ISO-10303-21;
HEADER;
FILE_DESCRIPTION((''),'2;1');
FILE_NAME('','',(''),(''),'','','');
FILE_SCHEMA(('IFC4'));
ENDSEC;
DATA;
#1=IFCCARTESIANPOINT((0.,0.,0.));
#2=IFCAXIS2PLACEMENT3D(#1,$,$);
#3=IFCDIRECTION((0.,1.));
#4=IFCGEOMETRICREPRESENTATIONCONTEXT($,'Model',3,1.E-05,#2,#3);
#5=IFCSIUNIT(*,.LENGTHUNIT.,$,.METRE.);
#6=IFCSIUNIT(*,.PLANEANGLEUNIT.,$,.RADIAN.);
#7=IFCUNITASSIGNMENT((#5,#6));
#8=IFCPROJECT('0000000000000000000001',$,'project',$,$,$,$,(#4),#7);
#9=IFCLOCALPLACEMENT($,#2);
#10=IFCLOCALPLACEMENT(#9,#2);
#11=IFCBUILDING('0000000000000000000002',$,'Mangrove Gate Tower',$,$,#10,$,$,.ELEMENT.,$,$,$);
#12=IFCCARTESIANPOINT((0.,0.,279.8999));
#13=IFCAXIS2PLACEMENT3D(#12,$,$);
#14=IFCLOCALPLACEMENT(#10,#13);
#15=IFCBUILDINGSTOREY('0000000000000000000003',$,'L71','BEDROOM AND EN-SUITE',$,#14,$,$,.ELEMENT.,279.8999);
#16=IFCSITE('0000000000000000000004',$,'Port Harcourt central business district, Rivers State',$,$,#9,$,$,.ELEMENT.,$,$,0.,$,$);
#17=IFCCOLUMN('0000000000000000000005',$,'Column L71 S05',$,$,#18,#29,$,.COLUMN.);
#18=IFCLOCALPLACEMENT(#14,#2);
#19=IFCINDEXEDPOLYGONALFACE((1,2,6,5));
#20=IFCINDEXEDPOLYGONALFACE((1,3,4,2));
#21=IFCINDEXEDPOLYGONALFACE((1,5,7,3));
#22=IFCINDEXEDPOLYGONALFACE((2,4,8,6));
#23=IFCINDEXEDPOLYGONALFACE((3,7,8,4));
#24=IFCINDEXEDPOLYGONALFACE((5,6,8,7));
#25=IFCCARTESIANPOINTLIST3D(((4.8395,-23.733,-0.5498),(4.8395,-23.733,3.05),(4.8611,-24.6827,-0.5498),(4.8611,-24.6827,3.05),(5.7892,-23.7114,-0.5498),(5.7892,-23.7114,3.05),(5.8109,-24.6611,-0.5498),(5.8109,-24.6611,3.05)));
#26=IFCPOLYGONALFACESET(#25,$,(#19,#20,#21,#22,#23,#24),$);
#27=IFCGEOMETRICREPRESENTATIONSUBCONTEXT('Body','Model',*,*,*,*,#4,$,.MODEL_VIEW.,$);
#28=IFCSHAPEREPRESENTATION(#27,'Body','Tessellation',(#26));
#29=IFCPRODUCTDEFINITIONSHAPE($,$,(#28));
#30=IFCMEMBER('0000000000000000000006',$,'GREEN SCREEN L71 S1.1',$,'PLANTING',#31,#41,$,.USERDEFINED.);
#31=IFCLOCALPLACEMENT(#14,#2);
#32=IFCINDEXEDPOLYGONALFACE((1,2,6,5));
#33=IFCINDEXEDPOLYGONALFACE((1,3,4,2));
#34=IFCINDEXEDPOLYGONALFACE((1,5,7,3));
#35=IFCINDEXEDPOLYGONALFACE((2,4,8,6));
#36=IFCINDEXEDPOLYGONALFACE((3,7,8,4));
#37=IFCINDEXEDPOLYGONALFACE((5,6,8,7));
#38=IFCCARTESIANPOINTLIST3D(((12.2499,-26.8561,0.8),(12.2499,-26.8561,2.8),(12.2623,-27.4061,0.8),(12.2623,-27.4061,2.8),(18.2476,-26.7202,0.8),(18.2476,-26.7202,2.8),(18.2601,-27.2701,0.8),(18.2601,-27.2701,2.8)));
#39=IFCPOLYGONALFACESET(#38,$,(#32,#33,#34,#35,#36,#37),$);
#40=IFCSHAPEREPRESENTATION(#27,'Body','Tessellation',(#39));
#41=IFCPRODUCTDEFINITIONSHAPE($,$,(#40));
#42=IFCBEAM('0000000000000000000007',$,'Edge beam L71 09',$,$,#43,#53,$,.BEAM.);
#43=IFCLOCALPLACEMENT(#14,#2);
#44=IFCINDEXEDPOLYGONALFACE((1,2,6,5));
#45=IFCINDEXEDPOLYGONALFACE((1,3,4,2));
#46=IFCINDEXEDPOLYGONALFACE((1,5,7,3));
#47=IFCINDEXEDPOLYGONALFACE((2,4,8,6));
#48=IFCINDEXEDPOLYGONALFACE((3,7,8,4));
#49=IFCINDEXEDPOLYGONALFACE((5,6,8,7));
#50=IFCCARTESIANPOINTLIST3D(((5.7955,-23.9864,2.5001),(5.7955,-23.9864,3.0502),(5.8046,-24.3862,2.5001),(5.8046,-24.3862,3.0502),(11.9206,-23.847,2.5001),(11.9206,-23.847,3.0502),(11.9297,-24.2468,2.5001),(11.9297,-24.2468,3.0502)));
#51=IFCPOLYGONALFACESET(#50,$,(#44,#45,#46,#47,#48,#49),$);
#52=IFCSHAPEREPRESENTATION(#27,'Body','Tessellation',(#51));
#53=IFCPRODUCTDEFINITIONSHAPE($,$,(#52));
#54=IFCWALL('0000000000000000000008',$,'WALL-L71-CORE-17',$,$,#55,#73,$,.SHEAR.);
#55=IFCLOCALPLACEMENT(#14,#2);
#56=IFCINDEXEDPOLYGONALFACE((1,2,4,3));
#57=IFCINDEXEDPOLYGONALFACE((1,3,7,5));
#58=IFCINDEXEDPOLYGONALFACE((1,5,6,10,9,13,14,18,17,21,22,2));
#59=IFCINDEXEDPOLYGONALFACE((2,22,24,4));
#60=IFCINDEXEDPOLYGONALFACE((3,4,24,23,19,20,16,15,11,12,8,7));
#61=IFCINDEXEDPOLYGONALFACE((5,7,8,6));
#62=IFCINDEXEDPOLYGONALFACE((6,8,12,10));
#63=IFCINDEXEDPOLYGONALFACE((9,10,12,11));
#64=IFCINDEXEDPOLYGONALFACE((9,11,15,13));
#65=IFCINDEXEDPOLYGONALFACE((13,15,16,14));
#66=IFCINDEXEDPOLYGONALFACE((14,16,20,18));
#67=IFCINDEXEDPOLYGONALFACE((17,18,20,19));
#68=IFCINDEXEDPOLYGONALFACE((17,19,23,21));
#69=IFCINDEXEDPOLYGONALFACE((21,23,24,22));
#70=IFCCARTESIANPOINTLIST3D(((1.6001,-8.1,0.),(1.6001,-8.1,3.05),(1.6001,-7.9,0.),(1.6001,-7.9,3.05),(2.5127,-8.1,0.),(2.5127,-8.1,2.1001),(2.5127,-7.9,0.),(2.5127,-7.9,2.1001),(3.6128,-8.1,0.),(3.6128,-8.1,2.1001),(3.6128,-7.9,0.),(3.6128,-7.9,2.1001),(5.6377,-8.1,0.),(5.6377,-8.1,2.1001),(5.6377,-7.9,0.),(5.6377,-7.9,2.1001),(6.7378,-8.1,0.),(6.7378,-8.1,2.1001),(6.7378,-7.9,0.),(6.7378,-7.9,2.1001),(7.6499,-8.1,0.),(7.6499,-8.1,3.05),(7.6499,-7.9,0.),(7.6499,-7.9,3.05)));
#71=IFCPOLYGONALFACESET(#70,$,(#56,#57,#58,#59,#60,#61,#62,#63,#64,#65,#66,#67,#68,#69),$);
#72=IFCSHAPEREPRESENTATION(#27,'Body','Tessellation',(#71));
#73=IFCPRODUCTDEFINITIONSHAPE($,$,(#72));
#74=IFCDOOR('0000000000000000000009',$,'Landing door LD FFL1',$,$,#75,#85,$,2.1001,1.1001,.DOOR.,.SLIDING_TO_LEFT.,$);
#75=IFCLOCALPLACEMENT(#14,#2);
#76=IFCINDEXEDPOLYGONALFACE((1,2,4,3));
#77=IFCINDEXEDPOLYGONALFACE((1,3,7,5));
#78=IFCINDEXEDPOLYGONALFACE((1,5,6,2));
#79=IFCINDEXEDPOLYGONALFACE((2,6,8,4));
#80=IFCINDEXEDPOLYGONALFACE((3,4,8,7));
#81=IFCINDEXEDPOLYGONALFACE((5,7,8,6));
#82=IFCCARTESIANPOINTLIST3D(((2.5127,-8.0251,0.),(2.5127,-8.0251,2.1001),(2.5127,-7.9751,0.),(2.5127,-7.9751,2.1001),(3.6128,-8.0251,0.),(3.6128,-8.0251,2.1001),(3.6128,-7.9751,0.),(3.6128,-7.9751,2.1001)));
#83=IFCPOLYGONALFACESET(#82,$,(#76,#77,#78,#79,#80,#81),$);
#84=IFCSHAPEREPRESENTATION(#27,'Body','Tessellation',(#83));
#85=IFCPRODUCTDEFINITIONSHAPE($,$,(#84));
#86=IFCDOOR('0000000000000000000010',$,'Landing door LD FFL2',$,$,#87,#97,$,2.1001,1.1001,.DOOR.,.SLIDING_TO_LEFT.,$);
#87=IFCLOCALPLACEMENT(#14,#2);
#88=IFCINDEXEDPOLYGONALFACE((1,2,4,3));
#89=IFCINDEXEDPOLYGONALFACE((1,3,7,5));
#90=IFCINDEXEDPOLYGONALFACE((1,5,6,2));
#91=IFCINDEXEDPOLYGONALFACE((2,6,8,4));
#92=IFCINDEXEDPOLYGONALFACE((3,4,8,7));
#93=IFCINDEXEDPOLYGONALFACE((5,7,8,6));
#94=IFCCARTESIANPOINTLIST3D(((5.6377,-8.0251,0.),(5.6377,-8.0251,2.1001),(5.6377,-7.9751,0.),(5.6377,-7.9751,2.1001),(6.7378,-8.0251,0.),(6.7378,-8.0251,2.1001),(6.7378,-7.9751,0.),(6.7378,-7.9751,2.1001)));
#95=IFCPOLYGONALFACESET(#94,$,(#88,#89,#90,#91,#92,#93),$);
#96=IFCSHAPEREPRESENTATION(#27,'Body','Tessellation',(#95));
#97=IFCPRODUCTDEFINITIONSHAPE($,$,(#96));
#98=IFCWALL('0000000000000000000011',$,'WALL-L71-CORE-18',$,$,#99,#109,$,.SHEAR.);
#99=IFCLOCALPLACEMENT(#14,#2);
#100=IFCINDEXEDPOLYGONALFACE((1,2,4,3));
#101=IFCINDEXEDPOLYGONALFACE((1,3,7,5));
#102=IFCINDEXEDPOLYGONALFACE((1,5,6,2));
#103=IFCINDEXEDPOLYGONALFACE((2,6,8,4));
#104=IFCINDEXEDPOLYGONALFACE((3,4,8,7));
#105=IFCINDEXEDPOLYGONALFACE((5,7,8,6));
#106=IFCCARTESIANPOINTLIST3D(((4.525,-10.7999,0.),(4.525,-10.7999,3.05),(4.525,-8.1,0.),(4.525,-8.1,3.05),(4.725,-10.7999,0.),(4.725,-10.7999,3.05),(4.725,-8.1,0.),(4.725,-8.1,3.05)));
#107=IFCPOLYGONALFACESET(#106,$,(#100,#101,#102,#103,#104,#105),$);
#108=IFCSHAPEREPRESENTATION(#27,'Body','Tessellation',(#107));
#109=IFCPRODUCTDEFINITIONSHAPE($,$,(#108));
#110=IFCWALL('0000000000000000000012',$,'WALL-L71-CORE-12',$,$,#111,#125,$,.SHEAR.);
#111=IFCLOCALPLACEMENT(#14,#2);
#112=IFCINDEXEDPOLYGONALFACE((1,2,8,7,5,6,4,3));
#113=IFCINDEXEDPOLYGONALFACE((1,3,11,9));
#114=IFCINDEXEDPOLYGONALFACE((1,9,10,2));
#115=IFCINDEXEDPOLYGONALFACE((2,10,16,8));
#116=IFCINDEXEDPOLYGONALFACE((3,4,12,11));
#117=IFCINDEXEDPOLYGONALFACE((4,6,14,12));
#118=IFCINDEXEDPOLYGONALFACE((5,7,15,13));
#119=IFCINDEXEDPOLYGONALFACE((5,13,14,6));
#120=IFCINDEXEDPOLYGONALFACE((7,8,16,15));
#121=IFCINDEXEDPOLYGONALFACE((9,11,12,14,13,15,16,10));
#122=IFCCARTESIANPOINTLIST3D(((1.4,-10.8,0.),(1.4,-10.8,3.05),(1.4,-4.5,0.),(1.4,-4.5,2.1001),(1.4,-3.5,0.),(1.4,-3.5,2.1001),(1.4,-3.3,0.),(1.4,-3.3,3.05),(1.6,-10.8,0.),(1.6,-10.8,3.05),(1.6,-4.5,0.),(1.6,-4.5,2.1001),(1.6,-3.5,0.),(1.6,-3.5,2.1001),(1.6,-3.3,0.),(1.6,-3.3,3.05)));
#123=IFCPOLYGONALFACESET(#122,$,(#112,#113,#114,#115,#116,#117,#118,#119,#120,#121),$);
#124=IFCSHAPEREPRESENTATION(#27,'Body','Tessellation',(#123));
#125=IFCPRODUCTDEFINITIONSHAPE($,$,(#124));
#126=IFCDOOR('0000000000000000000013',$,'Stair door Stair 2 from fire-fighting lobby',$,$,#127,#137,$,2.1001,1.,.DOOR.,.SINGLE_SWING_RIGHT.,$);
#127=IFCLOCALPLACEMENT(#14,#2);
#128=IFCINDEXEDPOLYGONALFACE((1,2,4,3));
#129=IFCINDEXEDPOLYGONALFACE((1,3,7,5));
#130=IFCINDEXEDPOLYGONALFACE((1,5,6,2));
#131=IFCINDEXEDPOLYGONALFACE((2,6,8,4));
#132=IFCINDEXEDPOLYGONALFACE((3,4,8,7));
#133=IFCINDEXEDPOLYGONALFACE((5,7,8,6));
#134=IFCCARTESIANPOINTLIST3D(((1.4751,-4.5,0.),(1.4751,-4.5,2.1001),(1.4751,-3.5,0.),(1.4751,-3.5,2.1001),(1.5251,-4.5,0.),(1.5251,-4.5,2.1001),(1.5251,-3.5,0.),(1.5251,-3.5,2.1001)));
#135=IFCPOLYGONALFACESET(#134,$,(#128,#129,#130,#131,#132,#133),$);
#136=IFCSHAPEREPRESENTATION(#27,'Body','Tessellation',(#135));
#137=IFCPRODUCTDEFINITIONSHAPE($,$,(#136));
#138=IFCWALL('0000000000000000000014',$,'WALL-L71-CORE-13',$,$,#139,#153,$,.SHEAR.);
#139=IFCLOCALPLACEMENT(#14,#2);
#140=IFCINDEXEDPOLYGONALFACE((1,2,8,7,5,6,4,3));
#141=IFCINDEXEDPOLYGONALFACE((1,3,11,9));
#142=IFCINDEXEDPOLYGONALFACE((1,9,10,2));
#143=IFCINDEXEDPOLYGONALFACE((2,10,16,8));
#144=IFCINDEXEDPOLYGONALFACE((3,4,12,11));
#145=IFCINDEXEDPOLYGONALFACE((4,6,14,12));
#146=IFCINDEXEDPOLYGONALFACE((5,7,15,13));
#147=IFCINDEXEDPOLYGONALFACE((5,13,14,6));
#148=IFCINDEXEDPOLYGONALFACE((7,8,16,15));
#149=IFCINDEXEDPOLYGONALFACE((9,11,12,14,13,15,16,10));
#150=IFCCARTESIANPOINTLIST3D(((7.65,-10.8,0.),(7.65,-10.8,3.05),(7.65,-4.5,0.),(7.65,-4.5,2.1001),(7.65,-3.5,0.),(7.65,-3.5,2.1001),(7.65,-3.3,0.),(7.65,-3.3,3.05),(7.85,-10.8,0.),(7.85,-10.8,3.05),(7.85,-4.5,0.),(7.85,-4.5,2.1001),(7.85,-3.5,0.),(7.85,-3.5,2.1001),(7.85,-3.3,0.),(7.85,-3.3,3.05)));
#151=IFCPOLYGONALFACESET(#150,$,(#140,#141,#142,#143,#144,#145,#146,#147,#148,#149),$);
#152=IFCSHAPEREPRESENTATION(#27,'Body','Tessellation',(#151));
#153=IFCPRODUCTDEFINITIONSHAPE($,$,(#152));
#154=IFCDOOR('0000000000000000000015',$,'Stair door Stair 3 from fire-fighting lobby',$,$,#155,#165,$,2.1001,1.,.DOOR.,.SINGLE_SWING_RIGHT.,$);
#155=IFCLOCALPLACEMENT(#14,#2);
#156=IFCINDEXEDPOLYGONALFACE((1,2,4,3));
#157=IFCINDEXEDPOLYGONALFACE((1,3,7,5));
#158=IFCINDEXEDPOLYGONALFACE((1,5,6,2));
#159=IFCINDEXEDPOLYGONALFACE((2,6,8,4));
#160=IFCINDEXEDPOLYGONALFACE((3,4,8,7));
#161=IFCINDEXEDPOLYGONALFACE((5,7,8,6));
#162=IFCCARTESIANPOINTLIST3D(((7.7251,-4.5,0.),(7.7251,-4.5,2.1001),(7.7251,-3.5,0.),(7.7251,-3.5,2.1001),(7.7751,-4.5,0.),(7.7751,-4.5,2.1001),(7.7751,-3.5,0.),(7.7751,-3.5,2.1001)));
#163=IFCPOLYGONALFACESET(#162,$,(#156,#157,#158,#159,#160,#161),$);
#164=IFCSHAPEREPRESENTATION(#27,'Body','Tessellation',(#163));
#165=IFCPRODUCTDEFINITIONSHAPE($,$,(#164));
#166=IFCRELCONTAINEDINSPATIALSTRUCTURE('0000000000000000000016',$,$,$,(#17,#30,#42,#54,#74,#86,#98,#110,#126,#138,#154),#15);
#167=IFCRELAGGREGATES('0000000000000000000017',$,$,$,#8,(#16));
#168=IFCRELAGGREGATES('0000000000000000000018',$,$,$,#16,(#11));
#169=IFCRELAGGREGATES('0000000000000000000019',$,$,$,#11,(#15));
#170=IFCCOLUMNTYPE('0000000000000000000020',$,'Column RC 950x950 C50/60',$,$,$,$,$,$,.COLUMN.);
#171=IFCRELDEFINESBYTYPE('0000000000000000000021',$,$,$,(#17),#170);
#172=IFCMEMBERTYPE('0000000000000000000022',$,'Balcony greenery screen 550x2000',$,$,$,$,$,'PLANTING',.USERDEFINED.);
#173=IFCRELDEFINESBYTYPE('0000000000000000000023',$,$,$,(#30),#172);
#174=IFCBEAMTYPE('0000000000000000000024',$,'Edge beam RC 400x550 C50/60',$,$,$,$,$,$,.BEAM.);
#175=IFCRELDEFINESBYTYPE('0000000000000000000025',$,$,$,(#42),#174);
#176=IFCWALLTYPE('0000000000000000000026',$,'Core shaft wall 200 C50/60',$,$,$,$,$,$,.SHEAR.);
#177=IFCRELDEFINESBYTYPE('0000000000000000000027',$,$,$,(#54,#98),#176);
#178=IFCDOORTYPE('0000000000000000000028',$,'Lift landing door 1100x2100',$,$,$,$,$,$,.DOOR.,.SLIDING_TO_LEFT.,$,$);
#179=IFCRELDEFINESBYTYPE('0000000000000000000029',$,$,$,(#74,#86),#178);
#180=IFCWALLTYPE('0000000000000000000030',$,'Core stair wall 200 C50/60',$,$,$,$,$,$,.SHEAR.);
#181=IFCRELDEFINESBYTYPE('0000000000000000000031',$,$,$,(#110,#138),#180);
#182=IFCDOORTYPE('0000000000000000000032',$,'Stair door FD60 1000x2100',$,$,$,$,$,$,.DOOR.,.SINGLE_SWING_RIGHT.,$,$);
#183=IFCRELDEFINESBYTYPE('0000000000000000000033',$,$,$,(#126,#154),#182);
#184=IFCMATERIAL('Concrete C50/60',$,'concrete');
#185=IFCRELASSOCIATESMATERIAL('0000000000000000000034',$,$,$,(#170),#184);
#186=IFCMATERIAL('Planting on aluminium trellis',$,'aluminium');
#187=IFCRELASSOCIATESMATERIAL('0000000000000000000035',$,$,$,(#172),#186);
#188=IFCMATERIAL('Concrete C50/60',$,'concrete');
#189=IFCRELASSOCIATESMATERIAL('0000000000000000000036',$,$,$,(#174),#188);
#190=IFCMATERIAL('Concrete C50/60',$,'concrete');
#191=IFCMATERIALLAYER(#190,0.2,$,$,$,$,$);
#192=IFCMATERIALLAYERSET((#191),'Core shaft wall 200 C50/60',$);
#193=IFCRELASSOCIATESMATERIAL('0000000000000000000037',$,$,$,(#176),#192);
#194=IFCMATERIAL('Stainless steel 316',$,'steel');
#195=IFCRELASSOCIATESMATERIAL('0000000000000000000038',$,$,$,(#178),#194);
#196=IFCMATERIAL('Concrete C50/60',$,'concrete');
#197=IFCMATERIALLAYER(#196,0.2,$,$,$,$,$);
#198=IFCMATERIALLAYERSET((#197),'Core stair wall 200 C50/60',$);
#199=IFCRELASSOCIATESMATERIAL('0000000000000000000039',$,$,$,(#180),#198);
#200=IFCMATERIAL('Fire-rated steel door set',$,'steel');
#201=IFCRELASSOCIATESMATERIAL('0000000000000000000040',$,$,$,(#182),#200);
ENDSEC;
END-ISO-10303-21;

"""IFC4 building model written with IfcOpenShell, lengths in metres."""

from ifc_helpers import new_model, si_unit, direction, frame, frame_2d, origin, origin_2d, place, context, subcontext, project, spatial, rectangle, extrude, material, layer, layer_set, material_profile, profile_set, type_object, element, fill, save


model = new_model("IFC4")

# Units and contexts
model_context = context("Model", 3, precision=1e-05, world=origin(), true_north=direction((0.0, 1.0)))
body_context = subcontext(model_context, "Body", "Model", "MODEL_VIEW")
ifc_project = project(units=[si_unit("LENGTHUNIT", "METRE"), si_unit("PLANEANGLEUNIT", "RADIAN")], contexts=[model_context])

# Site, building, storey
site_placement = place(None, origin())
site = spatial("IfcSite", under=ifc_project, at=site_placement, Name="Port Harcourt central business district, Rivers State", CompositionType="ELEMENT", RefElevation=0.0)
building_placement = place(site_placement, origin())
building = spatial("IfcBuilding", under=site, at=building_placement, Name="Mangrove Gate Tower", CompositionType="ELEMENT")
storey_placement = place(building_placement, frame((0.0, 0.0, 279.8999)))
storey = spatial("IfcBuildingStorey", under=building, at=storey_placement, Name="L71", Description="BEDROOM AND EN-SUITE", CompositionType="ELEMENT", Elevation=279.8999)

# Column
ifc_material_1 = material(Name="Concrete C50/60", Category="concrete")
ifc_material_profile_1 = material_profile(ifc_material_1, rectangle(XDim=0.95, YDim=0.95, at=origin_2d()))
ifc_profile_set_1 = profile_set([ifc_material_profile_1], Name="Concrete C50/60")
column_type = type_object("IfcColumnType", Name="Column RC 950x950 C50/60", PredefinedType="COLUMN", material=ifc_profile_set_1)
column_placement = place(storey_placement, frame((5.3252, -24.197, -0.5498), z_axis=(0.0, 0.0, 1.0), x_axis=(0.999741, 0.022752, 0.0)))
element("IfcColumn", 1, at=column_placement, inside=storey, type_object=column_type, Name="Column L71 S05", PredefinedType="COLUMN", context=body_context, shape_type="SweptSolid", body=[
    extrude(rectangle(XDim=0.95, YDim=0.95, at=origin_2d()), origin(), (0.0, 0.0, 1.0), 3.5999),
])

# Member
ifc_material_2 = material(Name="Planting on aluminium trellis", Category="aluminium")
ifc_material_profile_2 = material_profile(ifc_material_2, rectangle(XDim=0.55, YDim=2.0, at=origin_2d()))
ifc_profile_set_2 = profile_set([ifc_material_profile_2], Name="Planting on aluminium trellis")
member_type = type_object("IfcMemberType", Name="Balcony greenery screen 550x2000", ElementType="PLANTING", PredefinedType="USERDEFINED", material=ifc_profile_set_2)
member_placement = place(storey_placement, frame((12.2561, -27.1311, 1.8), z_axis=(0.999743, 0.022667, 0.0), x_axis=(-0.022667, 0.999743, 0.0)))
element("IfcMember", 2, at=member_placement, inside=storey, type_object=member_type, Name="GREEN SCREEN L71 S1.1", ObjectType="PLANTING", PredefinedType="USERDEFINED", context=body_context, shape_type="SweptSolid", body=[
    extrude(rectangle(XDim=0.55, YDim=2.0, at=origin_2d()), origin(), (0.0, 0.0, 1.0), 5.9993),
])

# Beam
ifc_material_3 = material(Name="Concrete C50/60", Category="concrete")
ifc_material_profile_3 = material_profile(ifc_material_3, rectangle(XDim=0.3999, YDim=0.55, at=origin_2d()))
ifc_profile_set_3 = profile_set([ifc_material_profile_3], Name="Concrete C50/60")
beam_type = type_object("IfcBeamType", Name="Edge beam RC 400x550 C50/60", PredefinedType="BEAM", material=ifc_profile_set_3)
beam_placement = place(storey_placement, frame((5.8, -24.1863, 2.7751), z_axis=(0.999741, 0.022753, 0.0), x_axis=(-0.022753, 0.999741, 0.0)))
element("IfcBeam", 3, at=beam_placement, inside=storey, type_object=beam_type, Name="Edge beam L71 09", PredefinedType="BEAM", context=body_context, shape_type="SweptSolid", body=[
    extrude(rectangle(XDim=0.3999, YDim=0.55, at=origin_2d()), origin(), (0.0, 0.0, 1.0), 6.1267),
])

# Wall, openings, doors
ifc_material_4 = material(Name="Concrete C50/60", Category="concrete")
ifc_layer_1 = layer(ifc_material_4, 0.2)
ifc_layer_set_1 = layer_set([ifc_layer_1], Name="Core shaft wall 200 C50/60")
wall_type_1 = type_object("IfcWallType", Name="Core shaft wall 200 C50/60", PredefinedType="SHEAR", material=ifc_layer_set_1)
wall_1_placement = place(storey_placement, frame((1.6001, -8.0, 0.0), z_axis=(0.0, 0.0, 1.0), x_axis=(1.0, 0.0, 0.0)))
wall_1 = element("IfcWall", 4, at=wall_1_placement, inside=storey, type_object=wall_type_1, Name="WALL-L71-CORE-17", PredefinedType="SHEAR", context=body_context, shape_type="SweptSolid", body=[
    extrude(rectangle(XDim=6.0498, YDim=0.2, at=frame_2d((3.0249, 0.0))), origin(), (0.0, 0.0, 1.0), 3.05),
])
opening_1_placement = place(wall_1_placement, frame((0.9126, 0.0, 0.0)))
opening_1 = element("IfcOpeningElement", 5, at=opening_1_placement, cuts=wall_1, PredefinedType="OPENING", context=body_context, shape_type="SweptSolid", body=[
    extrude(rectangle(XDim=1.1001, YDim=2.1001, at=frame_2d((0.55, 1.05))), frame((0.0, 0.1099, 0.0), z_axis=(0.0, -1.0, 0.0), x_axis=(1.0, 0.0, 0.0)), (0.0, 0.0, 1.0), 0.22),
])
opening_2_placement = place(wall_1_placement, frame((4.0376, 0.0, 0.0)))
opening_2 = element("IfcOpeningElement", 6, at=opening_2_placement, cuts=wall_1, PredefinedType="OPENING", context=body_context, shape_type="SweptSolid", body=[
    extrude(rectangle(XDim=1.1001, YDim=2.1001, at=frame_2d((0.55, 1.05))), frame((0.0, 0.1099, 0.0), z_axis=(0.0, -1.0, 0.0), x_axis=(1.0, 0.0, 0.0)), (0.0, 0.0, 1.0), 0.22),
])
ifc_material_5 = material(Name="Stainless steel 316", Category="steel")
door_type_1 = type_object("IfcDoorType", Name="Lift landing door 1100x2100", OperationType="SLIDING_TO_LEFT", PredefinedType="DOOR", material=ifc_material_5)
door_1_placement = place(opening_1_placement, origin())
door_1 = element("IfcDoor", 7, at=door_1_placement, inside=storey, type_object=door_type_1, Name="Landing door LD FFL1", OperationType="SLIDING_TO_LEFT", OverallHeight=2.1001, OverallWidth=1.1001, PredefinedType="DOOR", context=body_context, shape_type="SweptSolid", body=[
    extrude(rectangle(XDim=1.1001, YDim=2.1001, at=frame_2d((0.55, 1.05))), frame((0.0, 0.0249, 0.0), z_axis=(0.0, -1.0, 0.0), x_axis=(1.0, 0.0, 0.0)), (0.0, 0.0, 1.0), 0.05),
])
fill(opening_1, door_1)
door_2_placement = place(opening_2_placement, origin())
door_2 = element("IfcDoor", 8, at=door_2_placement, inside=storey, type_object=door_type_1, Name="Landing door LD FFL2", OperationType="SLIDING_TO_LEFT", OverallHeight=2.1001, OverallWidth=1.1001, PredefinedType="DOOR", context=body_context, shape_type="SweptSolid", body=[
    extrude(rectangle(XDim=1.1001, YDim=2.1001, at=frame_2d((0.55, 1.05))), frame((0.0, 0.0249, 0.0), z_axis=(0.0, -1.0, 0.0), x_axis=(1.0, 0.0, 0.0)), (0.0, 0.0, 1.0), 0.05),
])
fill(opening_2, door_2)

# Wall
wall_2_placement = place(storey_placement, frame((4.625, -10.8, 0.0), z_axis=(0.0, 0.0, 1.0), x_axis=(0.0, 1.0, 0.0)))
element("IfcWall", 9, at=wall_2_placement, inside=storey, type_object=wall_type_1, Name="WALL-L71-CORE-18", PredefinedType="SHEAR", context=body_context, shape_type="SweptSolid", body=[
    extrude(rectangle(XDim=2.7, YDim=0.2, at=frame_2d((1.3501, 0.0))), origin(), (0.0, 0.0, 1.0), 3.05),
])

# Walls, openings, doors
ifc_material_6 = material(Name="Concrete C50/60", Category="concrete")
ifc_layer_2 = layer(ifc_material_6, 0.2)
ifc_layer_set_2 = layer_set([ifc_layer_2], Name="Core stair wall 200 C50/60")
wall_type_2 = type_object("IfcWallType", Name="Core stair wall 200 C50/60", PredefinedType="SHEAR", material=ifc_layer_set_2)
wall_3_placement = place(storey_placement, frame((1.5, -10.8, 0.0), z_axis=(0.0, 0.0, 1.0), x_axis=(0.0, 1.0, 0.0)))
wall_3 = element("IfcWall", 10, at=wall_3_placement, inside=storey, type_object=wall_type_2, Name="WALL-L71-CORE-12", PredefinedType="SHEAR", context=body_context, shape_type="SweptSolid", body=[
    extrude(rectangle(XDim=7.5, YDim=0.2, at=frame_2d((3.75, 0.0))), origin(), (0.0, 0.0, 1.0), 3.05),
])
opening_3_placement = place(wall_3_placement, frame((6.3, 0.0, 0.0)))
opening_3 = element("IfcOpeningElement", 11, at=opening_3_placement, cuts=wall_3, PredefinedType="OPENING", context=body_context, shape_type="SweptSolid", body=[
    extrude(rectangle(XDim=1.0, YDim=2.1001, at=frame_2d((0.5, 1.05))), frame((0.0, 0.1099, 0.0), z_axis=(0.0, -1.0, 0.0), x_axis=(1.0, 0.0, 0.0)), (0.0, 0.0, 1.0), 0.22),
])
ifc_material_7 = material(Name="Fire-rated steel door set", Category="steel")
door_type_2 = type_object("IfcDoorType", Name="Stair door FD60 1000x2100", OperationType="SINGLE_SWING_RIGHT", PredefinedType="DOOR", material=ifc_material_7)
door_3_placement = place(opening_3_placement, origin())
door_3 = element("IfcDoor", 12, at=door_3_placement, inside=storey, type_object=door_type_2, Name="Stair door Stair 2 from fire-fighting lobby", OperationType="SINGLE_SWING_RIGHT", OverallHeight=2.1001, OverallWidth=1.0, PredefinedType="DOOR", context=body_context, shape_type="SweptSolid", body=[
    extrude(rectangle(XDim=1.0, YDim=2.1001, at=frame_2d((0.5, 1.05))), frame((0.0, 0.0249, 0.0), z_axis=(0.0, -1.0, 0.0), x_axis=(1.0, 0.0, 0.0)), (0.0, 0.0, 1.0), 0.05),
])
fill(opening_3, door_3)
wall_4_placement = place(storey_placement, frame((7.75, -10.8, 0.0), z_axis=(0.0, 0.0, 1.0), x_axis=(0.0, 1.0, 0.0)))
wall_4 = element("IfcWall", 13, at=wall_4_placement, inside=storey, type_object=wall_type_2, Name="WALL-L71-CORE-13", PredefinedType="SHEAR", context=body_context, shape_type="SweptSolid", body=[
    extrude(rectangle(XDim=7.5, YDim=0.2, at=frame_2d((3.75, 0.0))), origin(), (0.0, 0.0, 1.0), 3.05),
])
opening_4_placement = place(wall_4_placement, frame((6.3, 0.0, 0.0)))
opening_4 = element("IfcOpeningElement", 14, at=opening_4_placement, cuts=wall_4, PredefinedType="OPENING", context=body_context, shape_type="SweptSolid", body=[
    extrude(rectangle(XDim=1.0, YDim=2.1001, at=frame_2d((0.5, 1.05))), frame((0.0, 0.1099, 0.0), z_axis=(0.0, -1.0, 0.0), x_axis=(1.0, 0.0, 0.0)), (0.0, 0.0, 1.0), 0.22),
])
door_4_placement = place(opening_4_placement, origin())
door_4 = element("IfcDoor", 15, at=door_4_placement, inside=storey, type_object=door_type_2, Name="Stair door Stair 3 from fire-fighting lobby", OperationType="SINGLE_SWING_RIGHT", OverallHeight=2.1001, OverallWidth=1.0, PredefinedType="DOOR", context=body_context, shape_type="SweptSolid", body=[
    extrude(rectangle(XDim=1.0, YDim=2.1001, at=frame_2d((0.5, 1.05))), frame((0.0, 0.0249, 0.0), z_axis=(0.0, -1.0, 0.0), x_axis=(1.0, 0.0, 0.0)), (0.0, 0.0, 1.0), 0.05),
])
fill(opening_4, door_4)

save(model, "model.ifc")
